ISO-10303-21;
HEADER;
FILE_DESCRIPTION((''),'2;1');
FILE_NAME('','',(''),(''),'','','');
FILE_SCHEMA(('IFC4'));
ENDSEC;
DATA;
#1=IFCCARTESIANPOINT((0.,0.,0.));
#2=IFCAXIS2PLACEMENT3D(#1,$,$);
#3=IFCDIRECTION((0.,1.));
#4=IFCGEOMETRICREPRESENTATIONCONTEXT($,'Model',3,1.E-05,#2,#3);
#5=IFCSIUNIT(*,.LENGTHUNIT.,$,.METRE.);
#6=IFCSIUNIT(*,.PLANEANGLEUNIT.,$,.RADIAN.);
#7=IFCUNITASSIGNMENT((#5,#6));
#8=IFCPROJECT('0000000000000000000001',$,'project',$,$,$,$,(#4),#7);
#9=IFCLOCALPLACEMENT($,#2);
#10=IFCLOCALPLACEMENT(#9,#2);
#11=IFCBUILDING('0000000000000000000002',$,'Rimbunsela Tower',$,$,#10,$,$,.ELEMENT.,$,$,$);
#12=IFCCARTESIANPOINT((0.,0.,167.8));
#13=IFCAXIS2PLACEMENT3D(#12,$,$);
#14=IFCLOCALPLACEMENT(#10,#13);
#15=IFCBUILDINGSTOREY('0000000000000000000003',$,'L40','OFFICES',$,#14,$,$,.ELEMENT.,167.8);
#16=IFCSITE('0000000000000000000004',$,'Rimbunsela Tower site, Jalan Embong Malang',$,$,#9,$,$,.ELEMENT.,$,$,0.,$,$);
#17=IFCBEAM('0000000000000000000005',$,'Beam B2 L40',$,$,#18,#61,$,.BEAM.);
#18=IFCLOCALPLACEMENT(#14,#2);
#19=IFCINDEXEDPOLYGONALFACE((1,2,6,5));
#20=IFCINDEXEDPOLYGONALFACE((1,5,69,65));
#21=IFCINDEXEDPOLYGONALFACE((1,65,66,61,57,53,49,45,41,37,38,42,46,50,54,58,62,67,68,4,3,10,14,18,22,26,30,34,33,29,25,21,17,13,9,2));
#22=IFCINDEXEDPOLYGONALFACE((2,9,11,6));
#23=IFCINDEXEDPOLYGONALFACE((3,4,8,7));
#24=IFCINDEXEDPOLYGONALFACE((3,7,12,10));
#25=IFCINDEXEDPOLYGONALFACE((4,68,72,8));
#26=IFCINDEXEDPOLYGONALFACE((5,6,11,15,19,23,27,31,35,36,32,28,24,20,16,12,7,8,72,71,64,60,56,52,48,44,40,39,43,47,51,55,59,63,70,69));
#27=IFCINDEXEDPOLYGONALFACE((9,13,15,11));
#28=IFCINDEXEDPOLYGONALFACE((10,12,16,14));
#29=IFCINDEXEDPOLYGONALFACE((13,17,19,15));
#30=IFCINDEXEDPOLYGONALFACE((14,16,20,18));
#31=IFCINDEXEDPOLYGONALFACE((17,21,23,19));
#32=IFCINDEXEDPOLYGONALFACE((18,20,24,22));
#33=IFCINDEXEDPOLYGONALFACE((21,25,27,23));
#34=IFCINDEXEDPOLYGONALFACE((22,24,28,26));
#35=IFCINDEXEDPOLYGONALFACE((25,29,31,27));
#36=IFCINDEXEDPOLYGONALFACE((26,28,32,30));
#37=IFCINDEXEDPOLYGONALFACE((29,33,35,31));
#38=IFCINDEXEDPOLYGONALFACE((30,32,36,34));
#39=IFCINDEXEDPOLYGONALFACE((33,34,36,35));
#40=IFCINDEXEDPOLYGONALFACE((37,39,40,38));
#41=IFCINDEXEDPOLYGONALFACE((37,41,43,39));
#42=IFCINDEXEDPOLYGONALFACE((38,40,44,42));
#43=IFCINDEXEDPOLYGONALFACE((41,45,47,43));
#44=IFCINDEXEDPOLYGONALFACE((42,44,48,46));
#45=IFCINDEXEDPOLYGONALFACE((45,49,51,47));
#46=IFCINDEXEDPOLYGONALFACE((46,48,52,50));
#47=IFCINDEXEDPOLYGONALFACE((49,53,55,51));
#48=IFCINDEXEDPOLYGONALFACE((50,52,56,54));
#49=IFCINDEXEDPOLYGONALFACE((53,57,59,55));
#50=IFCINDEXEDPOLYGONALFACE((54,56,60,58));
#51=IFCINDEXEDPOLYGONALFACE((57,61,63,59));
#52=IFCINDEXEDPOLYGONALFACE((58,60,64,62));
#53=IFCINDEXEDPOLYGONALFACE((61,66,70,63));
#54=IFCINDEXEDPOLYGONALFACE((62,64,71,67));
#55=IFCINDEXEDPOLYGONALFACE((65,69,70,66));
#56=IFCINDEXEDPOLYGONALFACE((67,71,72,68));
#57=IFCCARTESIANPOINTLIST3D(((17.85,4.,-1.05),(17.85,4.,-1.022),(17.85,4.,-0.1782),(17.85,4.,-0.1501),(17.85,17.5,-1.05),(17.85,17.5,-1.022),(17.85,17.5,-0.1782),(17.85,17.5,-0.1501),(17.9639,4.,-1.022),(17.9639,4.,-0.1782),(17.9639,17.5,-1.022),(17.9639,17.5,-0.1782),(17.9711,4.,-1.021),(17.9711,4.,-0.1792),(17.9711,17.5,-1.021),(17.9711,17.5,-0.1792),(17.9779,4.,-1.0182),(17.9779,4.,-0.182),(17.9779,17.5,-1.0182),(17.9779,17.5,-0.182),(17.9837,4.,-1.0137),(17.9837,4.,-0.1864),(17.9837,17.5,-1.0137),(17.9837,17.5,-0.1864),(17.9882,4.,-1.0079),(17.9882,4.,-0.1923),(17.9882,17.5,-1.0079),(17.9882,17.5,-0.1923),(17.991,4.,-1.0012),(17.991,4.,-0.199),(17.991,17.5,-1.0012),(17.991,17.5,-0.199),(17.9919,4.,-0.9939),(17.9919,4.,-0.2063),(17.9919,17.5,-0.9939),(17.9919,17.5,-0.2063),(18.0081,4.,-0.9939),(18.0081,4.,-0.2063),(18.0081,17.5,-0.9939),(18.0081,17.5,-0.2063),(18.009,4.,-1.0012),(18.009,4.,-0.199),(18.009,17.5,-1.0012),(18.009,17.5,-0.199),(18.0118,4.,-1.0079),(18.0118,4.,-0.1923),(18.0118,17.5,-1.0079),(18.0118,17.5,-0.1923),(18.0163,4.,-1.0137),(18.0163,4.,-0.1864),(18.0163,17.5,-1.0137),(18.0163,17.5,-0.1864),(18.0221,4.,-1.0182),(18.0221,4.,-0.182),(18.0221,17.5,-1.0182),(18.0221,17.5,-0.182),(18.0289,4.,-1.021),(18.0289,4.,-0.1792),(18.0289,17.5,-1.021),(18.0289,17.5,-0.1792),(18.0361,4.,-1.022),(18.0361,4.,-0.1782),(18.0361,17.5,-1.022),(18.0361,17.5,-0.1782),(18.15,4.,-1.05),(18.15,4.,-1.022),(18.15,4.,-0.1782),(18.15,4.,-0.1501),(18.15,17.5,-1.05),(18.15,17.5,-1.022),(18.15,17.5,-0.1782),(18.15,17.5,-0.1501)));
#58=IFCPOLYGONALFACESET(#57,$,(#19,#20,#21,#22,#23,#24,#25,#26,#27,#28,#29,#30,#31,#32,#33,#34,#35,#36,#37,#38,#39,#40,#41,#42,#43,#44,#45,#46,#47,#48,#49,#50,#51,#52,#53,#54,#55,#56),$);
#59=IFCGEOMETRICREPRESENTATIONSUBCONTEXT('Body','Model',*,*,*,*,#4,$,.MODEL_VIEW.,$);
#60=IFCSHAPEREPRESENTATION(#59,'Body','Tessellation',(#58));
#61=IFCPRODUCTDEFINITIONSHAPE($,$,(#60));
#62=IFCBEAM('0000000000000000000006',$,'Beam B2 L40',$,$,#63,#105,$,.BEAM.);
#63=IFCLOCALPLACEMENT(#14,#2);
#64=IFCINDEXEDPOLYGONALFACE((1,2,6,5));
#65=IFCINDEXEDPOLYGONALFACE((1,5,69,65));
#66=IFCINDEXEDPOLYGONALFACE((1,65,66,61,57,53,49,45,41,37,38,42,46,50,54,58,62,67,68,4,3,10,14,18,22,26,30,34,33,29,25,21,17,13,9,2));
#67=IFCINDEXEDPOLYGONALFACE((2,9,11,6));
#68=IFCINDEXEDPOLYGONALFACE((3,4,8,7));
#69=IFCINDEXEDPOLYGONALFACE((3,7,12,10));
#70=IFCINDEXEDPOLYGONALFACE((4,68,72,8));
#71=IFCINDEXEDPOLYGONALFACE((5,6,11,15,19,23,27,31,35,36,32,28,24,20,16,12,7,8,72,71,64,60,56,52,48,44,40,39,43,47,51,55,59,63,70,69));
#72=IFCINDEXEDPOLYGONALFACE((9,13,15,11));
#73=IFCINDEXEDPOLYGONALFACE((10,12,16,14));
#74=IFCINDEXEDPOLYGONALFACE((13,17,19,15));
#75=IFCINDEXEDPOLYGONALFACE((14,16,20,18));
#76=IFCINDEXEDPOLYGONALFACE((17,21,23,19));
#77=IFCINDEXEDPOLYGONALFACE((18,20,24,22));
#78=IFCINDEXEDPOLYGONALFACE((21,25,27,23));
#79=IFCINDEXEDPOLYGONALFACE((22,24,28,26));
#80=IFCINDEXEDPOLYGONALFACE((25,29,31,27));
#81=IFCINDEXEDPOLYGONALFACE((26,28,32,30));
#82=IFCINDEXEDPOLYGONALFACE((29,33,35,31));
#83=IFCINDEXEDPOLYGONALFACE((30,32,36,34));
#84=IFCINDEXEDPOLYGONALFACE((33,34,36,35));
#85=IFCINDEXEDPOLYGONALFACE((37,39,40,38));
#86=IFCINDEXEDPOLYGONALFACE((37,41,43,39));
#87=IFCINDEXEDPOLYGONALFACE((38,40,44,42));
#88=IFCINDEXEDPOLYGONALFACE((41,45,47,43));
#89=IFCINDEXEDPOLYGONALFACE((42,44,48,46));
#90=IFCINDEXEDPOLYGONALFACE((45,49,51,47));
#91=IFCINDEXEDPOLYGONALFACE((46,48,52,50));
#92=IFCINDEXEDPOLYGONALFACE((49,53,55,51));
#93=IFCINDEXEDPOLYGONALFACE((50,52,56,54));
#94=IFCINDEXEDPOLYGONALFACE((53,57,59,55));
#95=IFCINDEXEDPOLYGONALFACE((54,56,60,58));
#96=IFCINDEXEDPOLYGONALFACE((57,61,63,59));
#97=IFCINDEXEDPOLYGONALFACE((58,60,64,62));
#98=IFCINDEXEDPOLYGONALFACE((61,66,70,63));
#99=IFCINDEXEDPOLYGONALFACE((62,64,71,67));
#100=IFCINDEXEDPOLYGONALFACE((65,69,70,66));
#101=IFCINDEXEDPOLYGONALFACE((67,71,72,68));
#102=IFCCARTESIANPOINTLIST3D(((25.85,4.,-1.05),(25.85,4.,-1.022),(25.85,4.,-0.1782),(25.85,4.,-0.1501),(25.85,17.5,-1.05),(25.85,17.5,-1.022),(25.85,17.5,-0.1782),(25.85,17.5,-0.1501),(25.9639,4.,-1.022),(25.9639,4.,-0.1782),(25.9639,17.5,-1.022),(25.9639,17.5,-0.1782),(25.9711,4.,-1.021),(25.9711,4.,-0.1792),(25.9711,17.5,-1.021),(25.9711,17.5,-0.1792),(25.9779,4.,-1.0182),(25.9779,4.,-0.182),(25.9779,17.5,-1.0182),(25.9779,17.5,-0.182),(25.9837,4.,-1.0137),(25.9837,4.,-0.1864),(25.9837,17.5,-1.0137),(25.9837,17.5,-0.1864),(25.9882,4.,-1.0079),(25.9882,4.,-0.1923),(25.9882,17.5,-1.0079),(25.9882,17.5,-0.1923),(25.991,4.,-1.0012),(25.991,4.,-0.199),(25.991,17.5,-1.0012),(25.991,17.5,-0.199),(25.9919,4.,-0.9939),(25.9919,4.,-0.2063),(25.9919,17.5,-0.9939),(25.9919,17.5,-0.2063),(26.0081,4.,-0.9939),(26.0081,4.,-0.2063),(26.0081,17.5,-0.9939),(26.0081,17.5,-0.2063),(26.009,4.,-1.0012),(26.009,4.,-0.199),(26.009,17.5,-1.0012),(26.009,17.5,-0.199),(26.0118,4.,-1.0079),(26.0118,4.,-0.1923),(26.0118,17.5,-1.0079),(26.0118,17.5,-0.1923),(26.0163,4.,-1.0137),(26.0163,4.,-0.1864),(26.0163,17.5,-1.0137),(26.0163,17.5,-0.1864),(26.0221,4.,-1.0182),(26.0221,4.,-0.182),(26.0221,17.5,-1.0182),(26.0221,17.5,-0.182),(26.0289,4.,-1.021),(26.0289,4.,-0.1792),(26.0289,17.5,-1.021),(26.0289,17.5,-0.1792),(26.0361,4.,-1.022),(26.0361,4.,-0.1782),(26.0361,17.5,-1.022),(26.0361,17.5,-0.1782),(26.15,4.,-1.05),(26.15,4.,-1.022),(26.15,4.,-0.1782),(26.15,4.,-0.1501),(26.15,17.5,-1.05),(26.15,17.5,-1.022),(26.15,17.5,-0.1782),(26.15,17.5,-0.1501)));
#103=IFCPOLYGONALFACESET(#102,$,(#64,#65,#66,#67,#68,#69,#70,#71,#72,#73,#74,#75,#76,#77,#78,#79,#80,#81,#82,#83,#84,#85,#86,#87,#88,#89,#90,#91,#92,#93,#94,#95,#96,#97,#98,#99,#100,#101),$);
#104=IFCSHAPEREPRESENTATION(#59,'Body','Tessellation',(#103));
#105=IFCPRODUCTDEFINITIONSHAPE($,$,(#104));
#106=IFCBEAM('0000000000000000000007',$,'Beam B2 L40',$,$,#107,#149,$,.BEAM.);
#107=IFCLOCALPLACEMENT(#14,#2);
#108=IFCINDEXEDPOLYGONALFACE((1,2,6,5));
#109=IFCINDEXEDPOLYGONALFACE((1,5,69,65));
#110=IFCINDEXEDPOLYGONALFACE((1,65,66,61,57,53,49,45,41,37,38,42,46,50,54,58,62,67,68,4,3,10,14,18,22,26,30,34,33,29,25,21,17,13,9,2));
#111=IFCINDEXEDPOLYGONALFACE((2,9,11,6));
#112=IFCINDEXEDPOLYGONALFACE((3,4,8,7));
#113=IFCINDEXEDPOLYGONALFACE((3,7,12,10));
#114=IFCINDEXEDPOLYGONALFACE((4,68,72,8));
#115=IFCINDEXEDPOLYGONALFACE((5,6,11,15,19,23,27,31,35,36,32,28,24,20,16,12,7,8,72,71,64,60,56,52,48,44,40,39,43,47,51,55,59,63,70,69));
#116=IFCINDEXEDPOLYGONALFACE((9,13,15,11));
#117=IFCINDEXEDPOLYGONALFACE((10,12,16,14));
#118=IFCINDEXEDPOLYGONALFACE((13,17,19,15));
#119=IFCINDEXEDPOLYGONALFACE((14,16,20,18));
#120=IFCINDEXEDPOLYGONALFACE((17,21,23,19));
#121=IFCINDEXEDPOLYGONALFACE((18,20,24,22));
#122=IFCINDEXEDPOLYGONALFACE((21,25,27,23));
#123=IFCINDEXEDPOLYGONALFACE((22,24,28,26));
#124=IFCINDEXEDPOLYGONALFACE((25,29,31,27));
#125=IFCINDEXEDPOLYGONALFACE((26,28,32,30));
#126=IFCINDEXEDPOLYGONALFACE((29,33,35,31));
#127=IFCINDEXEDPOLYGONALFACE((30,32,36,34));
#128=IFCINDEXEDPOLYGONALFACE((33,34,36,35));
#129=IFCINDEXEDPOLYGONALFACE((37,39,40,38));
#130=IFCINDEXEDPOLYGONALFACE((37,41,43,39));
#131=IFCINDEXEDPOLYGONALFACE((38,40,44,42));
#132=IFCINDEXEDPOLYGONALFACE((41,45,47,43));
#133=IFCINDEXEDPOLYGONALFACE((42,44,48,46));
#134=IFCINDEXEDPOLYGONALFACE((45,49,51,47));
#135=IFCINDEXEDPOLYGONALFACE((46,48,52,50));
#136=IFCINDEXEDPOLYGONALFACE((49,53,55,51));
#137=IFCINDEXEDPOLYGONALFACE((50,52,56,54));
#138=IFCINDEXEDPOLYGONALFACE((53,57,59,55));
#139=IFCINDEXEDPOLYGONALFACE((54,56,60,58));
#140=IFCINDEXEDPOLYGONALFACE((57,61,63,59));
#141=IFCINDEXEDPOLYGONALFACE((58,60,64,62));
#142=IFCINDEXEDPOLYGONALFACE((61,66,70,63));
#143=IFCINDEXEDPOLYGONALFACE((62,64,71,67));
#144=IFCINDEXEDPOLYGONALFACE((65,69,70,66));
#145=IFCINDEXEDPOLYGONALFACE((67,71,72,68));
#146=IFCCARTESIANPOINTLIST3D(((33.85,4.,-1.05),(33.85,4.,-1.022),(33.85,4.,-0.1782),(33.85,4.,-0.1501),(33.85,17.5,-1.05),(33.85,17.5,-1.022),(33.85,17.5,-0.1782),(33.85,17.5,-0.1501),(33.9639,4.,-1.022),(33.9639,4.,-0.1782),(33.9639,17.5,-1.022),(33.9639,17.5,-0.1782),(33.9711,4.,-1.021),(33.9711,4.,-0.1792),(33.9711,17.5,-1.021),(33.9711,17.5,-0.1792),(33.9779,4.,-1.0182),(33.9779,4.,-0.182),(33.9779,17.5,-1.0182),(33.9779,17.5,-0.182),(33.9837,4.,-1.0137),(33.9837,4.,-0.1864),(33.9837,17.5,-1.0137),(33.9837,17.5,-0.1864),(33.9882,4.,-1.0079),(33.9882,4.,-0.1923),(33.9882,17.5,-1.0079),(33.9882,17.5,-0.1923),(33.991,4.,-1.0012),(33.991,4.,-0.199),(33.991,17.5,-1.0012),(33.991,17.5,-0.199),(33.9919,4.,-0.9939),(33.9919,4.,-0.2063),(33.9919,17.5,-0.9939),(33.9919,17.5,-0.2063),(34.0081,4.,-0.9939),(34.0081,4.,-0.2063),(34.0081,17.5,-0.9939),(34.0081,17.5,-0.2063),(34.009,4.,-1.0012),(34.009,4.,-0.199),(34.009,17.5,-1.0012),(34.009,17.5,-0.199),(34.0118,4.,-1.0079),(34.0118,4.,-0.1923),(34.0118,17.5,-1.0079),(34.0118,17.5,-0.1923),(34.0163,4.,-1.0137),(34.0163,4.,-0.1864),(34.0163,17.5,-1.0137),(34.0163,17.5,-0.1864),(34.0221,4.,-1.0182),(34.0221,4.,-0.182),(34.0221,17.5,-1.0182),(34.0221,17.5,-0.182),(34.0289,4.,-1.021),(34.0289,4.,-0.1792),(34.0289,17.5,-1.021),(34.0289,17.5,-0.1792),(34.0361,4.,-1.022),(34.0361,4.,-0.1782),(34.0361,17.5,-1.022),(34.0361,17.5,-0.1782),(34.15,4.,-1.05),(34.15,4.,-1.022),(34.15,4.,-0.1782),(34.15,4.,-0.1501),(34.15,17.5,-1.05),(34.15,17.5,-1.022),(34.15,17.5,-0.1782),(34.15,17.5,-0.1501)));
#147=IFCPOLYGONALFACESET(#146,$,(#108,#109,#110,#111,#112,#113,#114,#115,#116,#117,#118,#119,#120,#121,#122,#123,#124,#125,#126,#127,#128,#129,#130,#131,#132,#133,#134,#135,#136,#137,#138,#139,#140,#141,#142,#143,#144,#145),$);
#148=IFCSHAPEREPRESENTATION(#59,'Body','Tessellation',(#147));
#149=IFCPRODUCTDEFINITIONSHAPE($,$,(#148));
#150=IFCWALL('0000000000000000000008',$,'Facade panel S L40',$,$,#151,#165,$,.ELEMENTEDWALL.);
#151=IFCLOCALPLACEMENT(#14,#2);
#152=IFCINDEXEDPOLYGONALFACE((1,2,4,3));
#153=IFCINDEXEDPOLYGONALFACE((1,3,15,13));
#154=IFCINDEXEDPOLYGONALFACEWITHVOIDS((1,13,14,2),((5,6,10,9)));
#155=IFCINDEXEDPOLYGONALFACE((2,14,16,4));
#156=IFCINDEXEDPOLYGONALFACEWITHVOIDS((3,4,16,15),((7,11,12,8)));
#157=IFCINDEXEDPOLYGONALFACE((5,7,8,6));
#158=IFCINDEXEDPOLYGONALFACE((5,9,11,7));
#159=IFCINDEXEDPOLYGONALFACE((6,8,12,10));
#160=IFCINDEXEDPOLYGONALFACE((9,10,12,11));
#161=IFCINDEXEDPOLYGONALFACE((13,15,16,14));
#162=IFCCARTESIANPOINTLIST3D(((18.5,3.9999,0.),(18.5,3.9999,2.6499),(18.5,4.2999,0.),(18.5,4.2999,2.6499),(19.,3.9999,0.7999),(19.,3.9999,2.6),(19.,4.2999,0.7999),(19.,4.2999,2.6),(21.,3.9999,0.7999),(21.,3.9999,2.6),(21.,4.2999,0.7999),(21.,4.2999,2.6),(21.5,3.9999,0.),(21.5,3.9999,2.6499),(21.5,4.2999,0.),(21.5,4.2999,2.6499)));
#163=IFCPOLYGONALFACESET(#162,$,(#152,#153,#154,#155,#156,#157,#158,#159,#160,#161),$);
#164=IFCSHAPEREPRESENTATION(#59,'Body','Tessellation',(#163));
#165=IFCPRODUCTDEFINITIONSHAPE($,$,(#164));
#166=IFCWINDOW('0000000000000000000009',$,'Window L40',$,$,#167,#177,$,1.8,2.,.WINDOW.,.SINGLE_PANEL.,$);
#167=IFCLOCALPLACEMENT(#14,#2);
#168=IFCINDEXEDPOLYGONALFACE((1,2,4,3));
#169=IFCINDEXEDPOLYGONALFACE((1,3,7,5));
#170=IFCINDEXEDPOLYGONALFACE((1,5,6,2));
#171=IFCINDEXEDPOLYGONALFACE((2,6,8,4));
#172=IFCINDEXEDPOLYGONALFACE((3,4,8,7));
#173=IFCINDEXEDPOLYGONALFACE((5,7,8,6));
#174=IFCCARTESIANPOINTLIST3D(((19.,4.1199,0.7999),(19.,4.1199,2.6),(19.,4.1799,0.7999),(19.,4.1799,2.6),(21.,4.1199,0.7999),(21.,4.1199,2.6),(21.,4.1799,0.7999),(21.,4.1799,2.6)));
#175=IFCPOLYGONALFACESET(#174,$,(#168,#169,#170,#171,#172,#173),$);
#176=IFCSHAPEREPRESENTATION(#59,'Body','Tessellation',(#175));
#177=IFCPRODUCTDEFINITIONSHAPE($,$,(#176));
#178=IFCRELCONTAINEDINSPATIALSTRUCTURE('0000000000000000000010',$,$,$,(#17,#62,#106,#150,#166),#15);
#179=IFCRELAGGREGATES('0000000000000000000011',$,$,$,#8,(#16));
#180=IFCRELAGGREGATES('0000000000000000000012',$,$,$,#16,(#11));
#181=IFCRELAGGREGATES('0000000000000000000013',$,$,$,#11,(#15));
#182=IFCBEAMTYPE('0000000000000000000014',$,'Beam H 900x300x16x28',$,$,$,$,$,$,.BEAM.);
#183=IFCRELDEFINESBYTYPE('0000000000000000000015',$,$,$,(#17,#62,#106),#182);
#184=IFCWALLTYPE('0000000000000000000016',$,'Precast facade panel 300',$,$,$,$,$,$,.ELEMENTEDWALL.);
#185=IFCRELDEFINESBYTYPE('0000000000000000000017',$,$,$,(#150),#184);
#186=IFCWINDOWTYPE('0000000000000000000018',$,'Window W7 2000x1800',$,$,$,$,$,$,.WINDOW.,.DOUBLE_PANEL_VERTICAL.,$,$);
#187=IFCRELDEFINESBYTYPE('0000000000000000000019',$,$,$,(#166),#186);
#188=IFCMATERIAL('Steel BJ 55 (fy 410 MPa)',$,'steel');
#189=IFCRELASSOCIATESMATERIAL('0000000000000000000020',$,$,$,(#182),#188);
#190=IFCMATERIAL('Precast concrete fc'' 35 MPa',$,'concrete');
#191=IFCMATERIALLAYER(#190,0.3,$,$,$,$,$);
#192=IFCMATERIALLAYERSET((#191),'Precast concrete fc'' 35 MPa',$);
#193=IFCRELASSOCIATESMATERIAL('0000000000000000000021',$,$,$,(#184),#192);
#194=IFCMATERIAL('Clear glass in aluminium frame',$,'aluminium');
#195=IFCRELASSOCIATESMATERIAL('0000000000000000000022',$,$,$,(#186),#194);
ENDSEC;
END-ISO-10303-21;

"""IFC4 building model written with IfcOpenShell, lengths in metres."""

from ifc_helpers import new_model, si_unit, direction, frame, frame_2d, origin, origin_2d, place, context, subcontext, project, spatial, rectangle, i_section, extrude, material, layer, layer_set, material_profile, profile_set, type_object, element, fill, save


model = new_model("IFC4")

# Units and contexts
model_context = context("Model", 3, precision=1e-05, world=origin(), true_north=direction((0.0, 1.0)))
body_context = subcontext(model_context, "Body", "Model", "MODEL_VIEW")
ifc_project = project(units=[si_unit("LENGTHUNIT", "METRE"), si_unit("PLANEANGLEUNIT", "RADIAN")], contexts=[model_context])

# Site, building, storey
site_placement = place(None, origin())
site = spatial("IfcSite", under=ifc_project, at=site_placement, Name="Rimbunsela Tower site, Jalan Embong Malang", CompositionType="ELEMENT", RefElevation=0.0)
building_placement = place(site_placement, origin())
building = spatial("IfcBuilding", under=site, at=building_placement, Name="Rimbunsela Tower", CompositionType="ELEMENT")
storey_placement = place(building_placement, frame((0.0, 0.0, 167.8)))
storey = spatial("IfcBuildingStorey", under=building, at=storey_placement, Name="L40", Description="OFFICES", CompositionType="ELEMENT", Elevation=167.8)

# Beams
ifc_material_1 = material(Name="Steel BJ 55 (fy 410 MPa)", Category="steel")
ifc_material_profile_1 = material_profile(ifc_material_1, i_section(OverallWidth=0.3, OverallDepth=0.8999, WebThickness=0.0161, FlangeThickness=0.0281, FilletRadius=0.0281, at=origin_2d()), Name="H 900x300x16x28")
ifc_profile_set_1 = profile_set([ifc_material_profile_1], Name="Steel BJ 55 (fy 410 MPa)")
beam_type_1 = type_object("IfcBeamType", Name="Beam H 900x300x16x28", PredefinedType="BEAM", material=ifc_profile_set_1)
for number, where, z_axis, x_axis, name in (
    (1, (18.0, 4.0, -0.6001), (0.0, 1.0, 0.0), (-1.0, 0.0, 0.0), "Beam B2 L40"),
    (2, (26.0, 4.0, -0.6001), (0.0, 1.0, 0.0), (-1.0, 0.0, 0.0), "Beam B2 L40"),
    (3, (34.0, 4.0, -0.6001), (0.0, 1.0, 0.0), (-1.0, 0.0, 0.0), "Beam B2 L40"),
):
    element("IfcBeam", number, at=place(storey_placement, frame(where, z_axis=z_axis, x_axis=x_axis)), inside=storey, type_object=beam_type_1, Name=name, PredefinedType="BEAM", context=body_context, shape_type="SweptSolid", body=[
        extrude(i_section(OverallWidth=0.3, OverallDepth=0.8999, WebThickness=0.0161, FlangeThickness=0.0281, FilletRadius=0.0281, at=origin_2d()), origin(), (0.0, 0.0, 1.0), 13.5),
    ])

# Wall, opening, window
ifc_material_2 = material(Name="Precast concrete fc' 35 MPa", Category="concrete")
ifc_layer_1 = layer(ifc_material_2, 0.3)
ifc_layer_set_1 = layer_set([ifc_layer_1], Name="Precast concrete fc' 35 MPa")
wall_type = type_object("IfcWallType", Name="Precast facade panel 300", PredefinedType="ELEMENTEDWALL", material=ifc_layer_set_1)
wall_1_placement = place(storey_placement, frame((18.5, 4.1499, 0.0), z_axis=(0.0, 0.0, 1.0), x_axis=(1.0, 0.0, 0.0)))
wall_1 = element("IfcWall", 4, at=wall_1_placement, inside=storey, type_object=wall_type, Name="Facade panel S L40", PredefinedType="ELEMENTEDWALL", context=body_context, shape_type="SweptSolid", body=[
    extrude(rectangle(XDim=3.0, YDim=0.3, at=frame_2d((1.5, 0.0))), origin(), (0.0, 0.0, 1.0), 2.6499),
])
opening_1_placement = place(wall_1_placement, frame((0.5, 0.0, 0.8)))
opening_1 = element("IfcOpeningElement", 5, at=opening_1_placement, cuts=wall_1, PredefinedType="OPENING", context=body_context, shape_type="SweptSolid", body=[
    extrude(rectangle(XDim=2.0, YDim=1.8, at=frame_2d((1.0, 0.8999))), frame((0.0, 0.1599, 0.0), z_axis=(0.0, -1.0, 0.0), x_axis=(1.0, 0.0, 0.0)), (0.0, 0.0, 1.0), 0.3201),
])
ifc_material_3 = material(Name="Clear glass in aluminium frame", Category="aluminium")
window_type_1 = type_object("IfcWindowType", Name="Window W7 2000x1800", PartitioningType="DOUBLE_PANEL_VERTICAL", PredefinedType="WINDOW", material=ifc_material_3)
window_1_placement = place(opening_1_placement, origin())
window_1 = element("IfcWindow", 6, at=window_1_placement, inside=storey, type_object=window_type_1, Name="Window L40", OverallHeight=1.8, OverallWidth=2.0, PartitioningType="SINGLE_PANEL", PredefinedType="WINDOW", context=body_context, shape_type="SweptSolid", body=[
    extrude(rectangle(XDim=2.0, YDim=1.8, at=frame_2d((1.0, 0.8999))), frame((0.0, 0.03, 0.0), z_axis=(0.0, -1.0, 0.0), x_axis=(1.0, 0.0, 0.0)), (0.0, 0.0, 1.0), 0.0601),
])
fill(opening_1, window_1)

save(model, "model.ifc")
